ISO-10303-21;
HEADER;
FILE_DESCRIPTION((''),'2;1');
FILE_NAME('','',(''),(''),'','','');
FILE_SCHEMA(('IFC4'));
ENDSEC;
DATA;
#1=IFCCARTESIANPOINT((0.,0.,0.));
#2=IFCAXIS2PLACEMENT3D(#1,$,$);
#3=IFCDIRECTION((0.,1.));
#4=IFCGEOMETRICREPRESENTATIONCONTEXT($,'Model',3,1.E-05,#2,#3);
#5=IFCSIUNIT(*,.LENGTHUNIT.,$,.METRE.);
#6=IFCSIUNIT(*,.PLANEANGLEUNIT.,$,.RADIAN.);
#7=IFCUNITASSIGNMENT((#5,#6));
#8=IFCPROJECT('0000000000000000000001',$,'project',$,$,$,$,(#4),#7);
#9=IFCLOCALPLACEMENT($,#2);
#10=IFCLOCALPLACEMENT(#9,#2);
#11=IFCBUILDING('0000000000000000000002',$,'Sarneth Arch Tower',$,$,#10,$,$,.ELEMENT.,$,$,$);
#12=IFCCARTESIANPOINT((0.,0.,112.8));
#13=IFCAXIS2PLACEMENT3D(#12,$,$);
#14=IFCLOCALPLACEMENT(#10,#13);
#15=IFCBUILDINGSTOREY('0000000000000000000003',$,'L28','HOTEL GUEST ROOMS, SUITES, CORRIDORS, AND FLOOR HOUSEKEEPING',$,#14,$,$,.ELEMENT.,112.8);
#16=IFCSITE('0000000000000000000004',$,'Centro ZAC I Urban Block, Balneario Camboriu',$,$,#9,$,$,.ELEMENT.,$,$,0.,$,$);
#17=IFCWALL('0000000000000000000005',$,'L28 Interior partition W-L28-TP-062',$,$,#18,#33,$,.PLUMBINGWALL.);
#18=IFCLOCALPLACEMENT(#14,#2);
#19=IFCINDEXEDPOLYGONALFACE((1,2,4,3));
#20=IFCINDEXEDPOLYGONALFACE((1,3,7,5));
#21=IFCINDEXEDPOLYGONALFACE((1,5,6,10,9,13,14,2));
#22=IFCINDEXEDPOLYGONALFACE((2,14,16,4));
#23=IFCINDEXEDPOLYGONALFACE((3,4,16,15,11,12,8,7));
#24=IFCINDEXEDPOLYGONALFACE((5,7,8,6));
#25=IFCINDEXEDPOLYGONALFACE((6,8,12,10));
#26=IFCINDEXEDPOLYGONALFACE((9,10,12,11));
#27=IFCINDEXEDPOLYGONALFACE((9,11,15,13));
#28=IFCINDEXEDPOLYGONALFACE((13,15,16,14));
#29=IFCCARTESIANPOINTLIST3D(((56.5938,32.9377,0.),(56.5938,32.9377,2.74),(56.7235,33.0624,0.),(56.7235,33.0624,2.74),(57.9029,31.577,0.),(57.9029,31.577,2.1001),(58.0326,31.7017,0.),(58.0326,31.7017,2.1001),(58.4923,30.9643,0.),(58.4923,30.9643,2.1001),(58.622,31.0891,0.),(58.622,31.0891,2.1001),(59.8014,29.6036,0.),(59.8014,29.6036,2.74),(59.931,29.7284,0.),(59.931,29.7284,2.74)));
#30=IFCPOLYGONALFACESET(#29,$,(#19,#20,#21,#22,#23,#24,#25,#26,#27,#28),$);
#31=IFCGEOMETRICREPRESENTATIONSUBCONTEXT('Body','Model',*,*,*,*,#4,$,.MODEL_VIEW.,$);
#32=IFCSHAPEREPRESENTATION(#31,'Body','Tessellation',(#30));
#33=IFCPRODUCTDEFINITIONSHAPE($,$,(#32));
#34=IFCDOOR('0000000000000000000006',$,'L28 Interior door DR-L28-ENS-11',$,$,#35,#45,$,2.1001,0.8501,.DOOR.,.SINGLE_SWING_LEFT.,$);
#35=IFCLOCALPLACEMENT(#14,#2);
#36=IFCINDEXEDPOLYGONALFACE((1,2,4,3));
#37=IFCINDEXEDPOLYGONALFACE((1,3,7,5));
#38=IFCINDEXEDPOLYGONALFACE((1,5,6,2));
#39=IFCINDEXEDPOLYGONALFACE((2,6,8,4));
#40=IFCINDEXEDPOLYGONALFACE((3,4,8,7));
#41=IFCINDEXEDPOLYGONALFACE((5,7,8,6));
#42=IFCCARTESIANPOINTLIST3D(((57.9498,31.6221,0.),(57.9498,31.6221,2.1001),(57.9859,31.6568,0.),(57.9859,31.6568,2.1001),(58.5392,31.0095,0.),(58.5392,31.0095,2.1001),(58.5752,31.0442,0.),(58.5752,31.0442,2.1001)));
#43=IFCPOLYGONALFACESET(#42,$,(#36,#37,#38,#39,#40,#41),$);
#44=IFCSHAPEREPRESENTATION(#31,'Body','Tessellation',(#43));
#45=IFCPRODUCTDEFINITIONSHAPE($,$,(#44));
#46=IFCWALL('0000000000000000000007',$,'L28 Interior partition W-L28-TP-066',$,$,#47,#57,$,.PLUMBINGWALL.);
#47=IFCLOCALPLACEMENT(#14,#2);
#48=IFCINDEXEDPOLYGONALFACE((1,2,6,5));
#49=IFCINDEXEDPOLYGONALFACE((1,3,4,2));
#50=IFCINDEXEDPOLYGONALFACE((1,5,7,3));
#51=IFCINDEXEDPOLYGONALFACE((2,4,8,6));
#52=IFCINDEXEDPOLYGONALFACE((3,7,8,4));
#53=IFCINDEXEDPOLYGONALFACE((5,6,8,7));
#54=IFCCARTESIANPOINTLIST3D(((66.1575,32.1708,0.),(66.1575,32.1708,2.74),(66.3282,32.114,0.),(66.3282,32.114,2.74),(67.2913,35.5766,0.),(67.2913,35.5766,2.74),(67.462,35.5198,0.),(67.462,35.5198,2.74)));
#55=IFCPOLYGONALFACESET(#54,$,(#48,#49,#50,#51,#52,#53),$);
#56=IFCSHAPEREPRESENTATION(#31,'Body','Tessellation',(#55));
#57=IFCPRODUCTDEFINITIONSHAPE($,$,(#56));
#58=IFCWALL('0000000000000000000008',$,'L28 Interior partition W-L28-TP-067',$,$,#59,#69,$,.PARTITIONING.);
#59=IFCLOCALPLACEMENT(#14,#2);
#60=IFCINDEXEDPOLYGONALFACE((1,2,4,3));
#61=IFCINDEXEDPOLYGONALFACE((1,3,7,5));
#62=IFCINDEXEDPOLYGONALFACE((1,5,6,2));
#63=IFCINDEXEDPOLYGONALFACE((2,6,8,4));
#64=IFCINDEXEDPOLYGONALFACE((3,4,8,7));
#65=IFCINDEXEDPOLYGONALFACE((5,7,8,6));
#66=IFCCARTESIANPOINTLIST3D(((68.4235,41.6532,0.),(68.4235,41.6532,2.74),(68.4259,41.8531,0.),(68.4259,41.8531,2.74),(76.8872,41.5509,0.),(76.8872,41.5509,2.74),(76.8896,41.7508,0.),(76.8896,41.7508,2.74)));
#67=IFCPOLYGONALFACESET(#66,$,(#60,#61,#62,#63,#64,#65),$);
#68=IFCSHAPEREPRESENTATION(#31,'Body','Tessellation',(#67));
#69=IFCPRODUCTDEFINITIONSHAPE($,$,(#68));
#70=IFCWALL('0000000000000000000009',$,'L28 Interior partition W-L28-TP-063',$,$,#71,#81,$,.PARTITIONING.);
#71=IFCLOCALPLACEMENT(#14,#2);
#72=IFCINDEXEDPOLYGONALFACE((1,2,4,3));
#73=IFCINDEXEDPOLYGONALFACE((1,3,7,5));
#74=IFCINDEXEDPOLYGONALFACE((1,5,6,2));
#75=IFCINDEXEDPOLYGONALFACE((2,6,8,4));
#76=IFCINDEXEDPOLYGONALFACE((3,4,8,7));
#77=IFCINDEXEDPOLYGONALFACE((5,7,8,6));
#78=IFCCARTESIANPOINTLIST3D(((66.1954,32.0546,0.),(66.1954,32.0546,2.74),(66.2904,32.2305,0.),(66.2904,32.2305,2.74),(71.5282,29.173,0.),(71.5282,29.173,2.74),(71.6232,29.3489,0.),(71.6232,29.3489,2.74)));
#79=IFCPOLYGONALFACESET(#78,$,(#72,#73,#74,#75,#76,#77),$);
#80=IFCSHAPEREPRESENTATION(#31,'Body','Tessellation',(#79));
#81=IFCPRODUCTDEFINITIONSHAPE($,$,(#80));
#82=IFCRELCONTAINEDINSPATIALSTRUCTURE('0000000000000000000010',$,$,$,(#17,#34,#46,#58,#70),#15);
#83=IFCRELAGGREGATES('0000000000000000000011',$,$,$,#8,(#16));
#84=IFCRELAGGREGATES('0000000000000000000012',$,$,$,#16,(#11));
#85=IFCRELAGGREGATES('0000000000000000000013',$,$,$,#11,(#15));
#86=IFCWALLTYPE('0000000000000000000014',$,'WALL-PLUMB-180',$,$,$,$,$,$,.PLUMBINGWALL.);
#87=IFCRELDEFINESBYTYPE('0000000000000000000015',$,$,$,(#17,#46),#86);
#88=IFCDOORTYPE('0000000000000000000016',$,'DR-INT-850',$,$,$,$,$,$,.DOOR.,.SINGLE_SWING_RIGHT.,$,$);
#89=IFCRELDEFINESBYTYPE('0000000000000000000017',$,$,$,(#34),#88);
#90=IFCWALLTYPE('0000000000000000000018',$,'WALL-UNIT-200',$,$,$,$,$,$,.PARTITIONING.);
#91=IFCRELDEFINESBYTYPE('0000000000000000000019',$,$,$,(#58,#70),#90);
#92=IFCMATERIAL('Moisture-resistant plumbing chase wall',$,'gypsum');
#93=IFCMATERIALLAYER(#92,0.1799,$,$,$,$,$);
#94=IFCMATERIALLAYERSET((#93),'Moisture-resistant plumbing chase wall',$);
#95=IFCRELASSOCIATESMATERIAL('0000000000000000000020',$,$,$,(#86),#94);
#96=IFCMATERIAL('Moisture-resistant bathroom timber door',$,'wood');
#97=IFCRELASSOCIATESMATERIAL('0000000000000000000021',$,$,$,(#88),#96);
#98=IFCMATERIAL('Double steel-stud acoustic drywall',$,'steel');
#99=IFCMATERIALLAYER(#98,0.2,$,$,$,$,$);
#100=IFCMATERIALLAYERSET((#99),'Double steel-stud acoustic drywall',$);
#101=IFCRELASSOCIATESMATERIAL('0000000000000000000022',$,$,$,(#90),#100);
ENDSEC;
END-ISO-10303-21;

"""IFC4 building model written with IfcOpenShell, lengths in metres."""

from ifc_helpers import new_model, si_unit, direction, frame, frame_2d, origin, place, context, subcontext, project, spatial, rectangle, extrude, material, layer, layer_set, type_object, element, fill, save


model = new_model("IFC4")

# Units and contexts
model_context = context("Model", 3, precision=1e-05, world=origin(), true_north=direction((0.0, 1.0)))
body_context = subcontext(model_context, "Body", "Model", "MODEL_VIEW")
ifc_project = project(units=[si_unit("LENGTHUNIT", "METRE"), si_unit("PLANEANGLEUNIT", "RADIAN")], contexts=[model_context])

# Site, building, storey
site_placement = place(None, origin())
site = spatial("IfcSite", under=ifc_project, at=site_placement, Name="Centro ZAC I Urban Block, Balneario Camboriu", CompositionType="ELEMENT", RefElevation=0.0)
building_placement = place(site_placement, origin())
building = spatial("IfcBuilding", under=site, at=building_placement, Name="Sarneth Arch Tower", CompositionType="ELEMENT")
storey_placement = place(building_placement, frame((0.0, 0.0, 112.8)))
storey = spatial("IfcBuildingStorey", under=building, at=storey_placement, Name="L28", Description="HOTEL GUEST ROOMS, SUITES, CORRIDORS, AND FLOOR HOUSEKEEPING", CompositionType="ELEMENT", Elevation=112.8)

# Shared definitions
ifc_material_1 = material(Name="Moisture-resistant plumbing chase wall", Category="gypsum")
ifc_layer_1 = layer(ifc_material_1, 0.1799)
ifc_layer_set_1 = layer_set([ifc_layer_1], Name="Moisture-resistant plumbing chase wall")
wall_type_1 = type_object("IfcWallType", Name="WALL-PLUMB-180", PredefinedType="PLUMBINGWALL", material=ifc_layer_set_1)
ifc_material_2 = material(Name="Moisture-resistant bathroom timber door", Category="wood")
door_type_1 = type_object("IfcDoorType", Name="DR-INT-850", OperationType="SINGLE_SWING_RIGHT", PredefinedType="DOOR", material=ifc_material_2)

# Wall, opening, door
wall_1_placement = place(storey_placement, frame((59.8662, 29.666, 0.0), z_axis=(0.0, 0.0, 1.0), x_axis=(-0.693307, 0.720642, 0.0)))
wall_1 = element("IfcWall", 1, at=wall_1_placement, inside=storey, type_object=wall_type_1, Name="L28 Interior partition W-L28-TP-062", PredefinedType="PLUMBINGWALL", context=body_context, shape_type="SweptSolid", body=[
    extrude(rectangle(XDim=4.6265, YDim=0.1799, at=frame_2d((2.3132, 0.0))), origin(), (0.0, 0.0, 1.0), 2.74),
])
opening_1_placement = place(wall_1_placement, frame((1.8882, 0.0, 0.0)))
opening_1 = element("IfcOpeningElement", 2, at=opening_1_placement, cuts=wall_1, PredefinedType="OPENING", context=body_context, shape_type="SweptSolid", body=[
    extrude(rectangle(XDim=0.8501, YDim=2.1001, at=frame_2d((0.425, 1.05))), frame((0.0, 0.0999, 0.0), z_axis=(0.0, -1.0, 0.0), x_axis=(1.0, 0.0, 0.0)), (0.0, 0.0, 1.0), 0.2),
])
door_1_placement = place(opening_1_placement, origin())
door_1 = element("IfcDoor", 3, at=door_1_placement, inside=storey, type_object=door_type_1, Name="L28 Interior door DR-L28-ENS-11", OperationType="SINGLE_SWING_LEFT", OverallHeight=2.1001, OverallWidth=0.8501, PredefinedType="DOOR", context=body_context, shape_type="SweptSolid", body=[
    extrude(rectangle(XDim=0.8501, YDim=2.1001, at=frame_2d((0.425, 1.05))), frame((0.0, 0.0249, 0.0), z_axis=(0.0, -1.0, 0.0), x_axis=(1.0, 0.0, 0.0)), (0.0, 0.0, 1.0), 0.05),
])
fill(opening_1, door_1)

# Walls
wall_2_placement = place(storey_placement, frame((67.3767, 35.5483, 0.0), z_axis=(0.0, 0.0, 1.0), x_axis=(-0.31586, -0.948806, 0.0)))
element("IfcWall", 4, at=wall_2_placement, inside=storey, type_object=wall_type_1, Name="L28 Interior partition W-L28-TP-066", PredefinedType="PLUMBINGWALL", context=body_context, shape_type="SweptSolid", body=[
    extrude(rectangle(XDim=3.5896, YDim=0.1799, at=frame_2d((1.7949, 0.0))), origin(), (0.0, 0.0, 1.0), 2.74),
])
ifc_material_3 = material(Name="Double steel-stud acoustic drywall", Category="steel")
ifc_layer_2 = layer(ifc_material_3, 0.2)
ifc_layer_set_2 = layer_set([ifc_layer_2], Name="Double steel-stud acoustic drywall")
wall_type_2 = type_object("IfcWallType", Name="WALL-UNIT-200", PredefinedType="PARTITIONING", material=ifc_layer_set_2)
wall_3_placement = place(storey_placement, frame((76.8884, 41.6509, 0.0), z_axis=(0.0, 0.0, 1.0), x_axis=(-0.999927, 0.012086, 0.0)))
element("IfcWall", 5, at=wall_3_placement, inside=storey, type_object=wall_type_2, Name="L28 Interior partition W-L28-TP-067", PredefinedType="PARTITIONING", context=body_context, shape_type="SweptSolid", body=[
    extrude(rectangle(XDim=8.4644, YDim=0.2, at=frame_2d((4.2322, 0.0))), origin(), (0.0, 0.0, 1.0), 2.74),
])
wall_4_placement = place(storey_placement, frame((71.5757, 29.261, 0.0), z_axis=(0.0, 0.0, 1.0), x_axis=(-0.879774, 0.475392, 0.0)))
element("IfcWall", 6, at=wall_4_placement, inside=storey, type_object=wall_type_2, Name="L28 Interior partition W-L28-TP-063", PredefinedType="PARTITIONING", context=body_context, shape_type="SweptSolid", body=[
    extrude(rectangle(XDim=6.0615, YDim=0.2, at=frame_2d((3.0308, 0.0))), origin(), (0.0, 0.0, 1.0), 2.74),
])

save(model, "model.ifc")
